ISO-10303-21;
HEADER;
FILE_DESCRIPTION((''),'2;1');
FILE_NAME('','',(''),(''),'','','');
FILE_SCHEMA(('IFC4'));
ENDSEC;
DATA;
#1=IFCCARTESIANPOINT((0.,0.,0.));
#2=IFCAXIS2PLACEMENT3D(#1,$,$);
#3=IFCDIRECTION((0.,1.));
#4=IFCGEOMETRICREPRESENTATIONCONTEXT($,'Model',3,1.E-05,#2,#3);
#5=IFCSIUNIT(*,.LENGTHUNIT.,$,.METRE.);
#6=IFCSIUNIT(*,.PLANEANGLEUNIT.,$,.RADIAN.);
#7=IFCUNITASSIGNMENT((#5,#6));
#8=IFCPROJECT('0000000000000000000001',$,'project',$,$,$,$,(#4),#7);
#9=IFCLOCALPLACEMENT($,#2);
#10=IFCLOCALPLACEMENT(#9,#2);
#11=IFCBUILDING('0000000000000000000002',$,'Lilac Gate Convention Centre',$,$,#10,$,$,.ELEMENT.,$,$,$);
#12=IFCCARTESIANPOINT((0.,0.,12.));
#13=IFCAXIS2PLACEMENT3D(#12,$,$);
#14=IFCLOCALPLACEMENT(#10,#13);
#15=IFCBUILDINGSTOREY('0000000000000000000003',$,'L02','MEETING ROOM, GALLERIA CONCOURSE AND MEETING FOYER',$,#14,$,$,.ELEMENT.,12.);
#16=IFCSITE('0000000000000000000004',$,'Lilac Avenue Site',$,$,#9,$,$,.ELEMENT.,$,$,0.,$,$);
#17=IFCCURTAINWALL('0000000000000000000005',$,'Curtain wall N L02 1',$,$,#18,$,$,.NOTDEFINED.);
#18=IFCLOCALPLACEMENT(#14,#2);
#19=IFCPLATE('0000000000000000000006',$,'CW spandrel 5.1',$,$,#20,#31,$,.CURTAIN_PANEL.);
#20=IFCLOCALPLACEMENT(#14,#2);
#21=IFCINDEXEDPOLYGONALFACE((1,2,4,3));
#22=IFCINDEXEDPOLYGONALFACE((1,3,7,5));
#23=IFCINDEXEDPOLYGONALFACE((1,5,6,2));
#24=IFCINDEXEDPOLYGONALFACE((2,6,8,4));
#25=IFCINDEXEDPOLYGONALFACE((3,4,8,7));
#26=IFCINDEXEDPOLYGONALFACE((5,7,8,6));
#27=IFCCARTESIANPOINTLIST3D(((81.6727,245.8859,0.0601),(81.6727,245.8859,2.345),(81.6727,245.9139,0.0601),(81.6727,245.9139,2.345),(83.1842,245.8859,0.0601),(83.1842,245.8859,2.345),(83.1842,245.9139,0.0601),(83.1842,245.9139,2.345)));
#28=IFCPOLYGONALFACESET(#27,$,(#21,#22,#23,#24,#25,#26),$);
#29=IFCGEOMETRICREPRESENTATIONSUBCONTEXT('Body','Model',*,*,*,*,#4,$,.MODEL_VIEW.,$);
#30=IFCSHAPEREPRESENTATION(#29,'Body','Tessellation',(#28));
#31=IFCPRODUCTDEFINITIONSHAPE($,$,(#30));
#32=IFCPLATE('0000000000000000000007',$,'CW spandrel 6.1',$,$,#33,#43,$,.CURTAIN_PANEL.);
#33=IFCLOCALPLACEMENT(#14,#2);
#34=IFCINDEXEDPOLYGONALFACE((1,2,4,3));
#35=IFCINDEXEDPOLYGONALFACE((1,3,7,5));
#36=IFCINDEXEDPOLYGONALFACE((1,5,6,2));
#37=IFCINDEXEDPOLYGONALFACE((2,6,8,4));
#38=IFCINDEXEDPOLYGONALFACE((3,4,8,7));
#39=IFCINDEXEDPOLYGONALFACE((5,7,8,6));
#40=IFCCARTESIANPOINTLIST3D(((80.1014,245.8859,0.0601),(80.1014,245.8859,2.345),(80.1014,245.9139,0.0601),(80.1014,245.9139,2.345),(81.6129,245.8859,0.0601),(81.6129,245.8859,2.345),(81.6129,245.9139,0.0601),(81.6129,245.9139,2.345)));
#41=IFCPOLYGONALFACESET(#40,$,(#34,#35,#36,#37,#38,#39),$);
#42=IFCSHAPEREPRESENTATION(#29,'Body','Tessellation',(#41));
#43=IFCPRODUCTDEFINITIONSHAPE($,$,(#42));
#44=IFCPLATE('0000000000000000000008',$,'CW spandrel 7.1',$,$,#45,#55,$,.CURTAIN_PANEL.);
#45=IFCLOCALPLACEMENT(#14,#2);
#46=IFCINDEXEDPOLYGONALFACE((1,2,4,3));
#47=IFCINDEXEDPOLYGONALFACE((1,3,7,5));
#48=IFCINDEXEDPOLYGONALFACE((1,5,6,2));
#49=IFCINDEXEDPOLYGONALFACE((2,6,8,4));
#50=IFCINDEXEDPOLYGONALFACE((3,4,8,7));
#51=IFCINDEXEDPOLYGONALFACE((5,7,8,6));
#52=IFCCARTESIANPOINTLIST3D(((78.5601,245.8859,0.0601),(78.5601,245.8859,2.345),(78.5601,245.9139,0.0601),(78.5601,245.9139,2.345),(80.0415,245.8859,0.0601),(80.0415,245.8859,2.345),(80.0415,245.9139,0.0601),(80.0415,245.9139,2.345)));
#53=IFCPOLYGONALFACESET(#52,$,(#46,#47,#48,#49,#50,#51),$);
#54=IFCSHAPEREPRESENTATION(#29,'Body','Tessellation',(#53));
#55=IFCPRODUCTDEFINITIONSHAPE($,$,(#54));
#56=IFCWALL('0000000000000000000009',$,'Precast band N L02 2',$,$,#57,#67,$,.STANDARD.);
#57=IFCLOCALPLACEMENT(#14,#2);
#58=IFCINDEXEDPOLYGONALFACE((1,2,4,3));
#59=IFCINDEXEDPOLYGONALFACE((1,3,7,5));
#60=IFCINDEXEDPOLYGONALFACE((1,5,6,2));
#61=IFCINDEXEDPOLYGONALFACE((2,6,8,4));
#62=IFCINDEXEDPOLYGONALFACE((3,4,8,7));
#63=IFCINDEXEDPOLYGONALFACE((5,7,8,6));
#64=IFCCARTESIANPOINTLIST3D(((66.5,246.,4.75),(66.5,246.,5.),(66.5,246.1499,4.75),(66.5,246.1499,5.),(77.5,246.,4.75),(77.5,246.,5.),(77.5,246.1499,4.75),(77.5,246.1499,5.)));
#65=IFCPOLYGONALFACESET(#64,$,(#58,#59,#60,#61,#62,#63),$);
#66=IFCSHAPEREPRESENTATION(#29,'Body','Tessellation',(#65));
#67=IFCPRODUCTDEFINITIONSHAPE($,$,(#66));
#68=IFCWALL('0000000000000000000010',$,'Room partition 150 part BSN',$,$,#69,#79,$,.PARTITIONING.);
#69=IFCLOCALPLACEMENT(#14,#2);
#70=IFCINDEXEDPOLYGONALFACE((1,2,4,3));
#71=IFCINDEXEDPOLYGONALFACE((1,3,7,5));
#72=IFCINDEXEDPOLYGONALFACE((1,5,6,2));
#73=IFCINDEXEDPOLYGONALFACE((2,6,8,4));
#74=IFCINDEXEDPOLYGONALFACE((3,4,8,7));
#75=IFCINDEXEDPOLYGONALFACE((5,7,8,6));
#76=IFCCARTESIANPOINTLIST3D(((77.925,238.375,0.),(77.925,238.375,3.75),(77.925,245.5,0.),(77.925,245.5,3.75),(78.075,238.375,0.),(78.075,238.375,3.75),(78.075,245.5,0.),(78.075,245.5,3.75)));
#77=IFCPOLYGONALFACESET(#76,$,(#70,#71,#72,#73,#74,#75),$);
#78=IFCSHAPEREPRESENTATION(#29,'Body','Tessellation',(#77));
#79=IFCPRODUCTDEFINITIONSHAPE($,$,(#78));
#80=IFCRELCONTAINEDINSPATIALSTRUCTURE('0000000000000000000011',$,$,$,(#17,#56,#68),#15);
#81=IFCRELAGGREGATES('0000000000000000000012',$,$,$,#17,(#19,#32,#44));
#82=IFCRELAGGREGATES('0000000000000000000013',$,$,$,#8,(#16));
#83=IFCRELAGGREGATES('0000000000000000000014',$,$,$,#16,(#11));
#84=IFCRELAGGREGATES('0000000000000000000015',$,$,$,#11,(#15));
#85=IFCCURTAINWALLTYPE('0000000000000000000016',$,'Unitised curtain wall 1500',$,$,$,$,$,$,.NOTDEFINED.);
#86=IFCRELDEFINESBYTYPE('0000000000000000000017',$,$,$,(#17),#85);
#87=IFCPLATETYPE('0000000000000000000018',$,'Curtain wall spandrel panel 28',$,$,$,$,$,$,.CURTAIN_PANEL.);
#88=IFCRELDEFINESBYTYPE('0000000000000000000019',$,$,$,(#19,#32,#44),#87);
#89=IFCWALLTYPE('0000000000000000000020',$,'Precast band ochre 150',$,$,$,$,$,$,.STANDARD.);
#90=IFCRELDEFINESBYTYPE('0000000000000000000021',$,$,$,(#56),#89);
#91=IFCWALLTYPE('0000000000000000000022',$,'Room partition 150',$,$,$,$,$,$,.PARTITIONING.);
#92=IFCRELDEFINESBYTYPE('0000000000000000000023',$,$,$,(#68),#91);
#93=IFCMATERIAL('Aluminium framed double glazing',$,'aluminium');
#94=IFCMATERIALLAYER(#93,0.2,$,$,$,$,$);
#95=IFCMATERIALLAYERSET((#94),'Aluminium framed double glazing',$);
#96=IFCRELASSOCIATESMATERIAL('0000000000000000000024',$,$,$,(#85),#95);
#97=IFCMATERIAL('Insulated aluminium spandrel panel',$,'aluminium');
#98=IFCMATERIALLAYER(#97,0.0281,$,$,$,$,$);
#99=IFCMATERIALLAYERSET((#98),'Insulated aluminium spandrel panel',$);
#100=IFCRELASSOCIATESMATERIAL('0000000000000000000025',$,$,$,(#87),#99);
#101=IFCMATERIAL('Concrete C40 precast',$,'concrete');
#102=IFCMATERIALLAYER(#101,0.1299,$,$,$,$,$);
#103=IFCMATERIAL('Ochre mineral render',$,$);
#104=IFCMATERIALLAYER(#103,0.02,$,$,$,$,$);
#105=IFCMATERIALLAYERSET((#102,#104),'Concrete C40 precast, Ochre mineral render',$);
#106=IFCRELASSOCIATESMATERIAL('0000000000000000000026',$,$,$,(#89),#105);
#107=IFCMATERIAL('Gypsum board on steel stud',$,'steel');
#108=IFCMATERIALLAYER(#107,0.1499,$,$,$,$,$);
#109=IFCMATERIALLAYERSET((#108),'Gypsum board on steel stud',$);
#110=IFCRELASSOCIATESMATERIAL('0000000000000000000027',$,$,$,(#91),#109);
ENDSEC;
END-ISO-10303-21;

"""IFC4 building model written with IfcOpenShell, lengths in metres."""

from ifc_helpers import new_model, si_unit, direction, frame, frame_2d, origin, origin_2d, place, context, subcontext, project, spatial, rectangle, extrude, material, layer, layer_set, type_object, element, aggregate, save


model = new_model("IFC4")

# Units and contexts
model_context = context("Model", 3, precision=1e-05, world=origin(), true_north=direction((0.0, 1.0)))
body_context = subcontext(model_context, "Body", "Model", "MODEL_VIEW")
ifc_project = project(units=[si_unit("LENGTHUNIT", "METRE"), si_unit("PLANEANGLEUNIT", "RADIAN")], contexts=[model_context])

# Site, building, storey
site_placement = place(None, origin())
site = spatial("IfcSite", under=ifc_project, at=site_placement, Name="Lilac Avenue Site", CompositionType="ELEMENT", RefElevation=0.0)
building_placement = place(site_placement, origin())
building = spatial("IfcBuilding", under=site, at=building_placement, Name="Lilac Gate Convention Centre", CompositionType="ELEMENT")
storey_placement = place(building_placement, frame((0.0, 0.0, 12.0)))
storey = spatial("IfcBuildingStorey", under=building, at=storey_placement, Name="L02", Description="MEETING ROOM, GALLERIA CONCOURSE AND MEETING FOYER", CompositionType="ELEMENT", Elevation=12.0)

# Curtain wall
ifc_material_1 = material(Name="Aluminium framed double glazing", Category="aluminium")
ifc_layer_1 = layer(ifc_material_1, 0.2)
ifc_layer_set_1 = layer_set([ifc_layer_1], Name="Aluminium framed double glazing")
curtain_wall_type = type_object("IfcCurtainWallType", Name="Unitised curtain wall 1500", PredefinedType="NOTDEFINED", material=ifc_layer_set_1)
curtain_wall_1_placement = place(storey_placement, origin())
curtain_wall_1 = element("IfcCurtainWall", 1, at=curtain_wall_1_placement, inside=storey, type_object=curtain_wall_type, Name="Curtain wall N L02 1", PredefinedType="NOTDEFINED")

# Plates
ifc_material_2 = material(Name="Insulated aluminium spandrel panel", Category="aluminium")
ifc_layer_2 = layer(ifc_material_2, 0.0281)
ifc_layer_set_2 = layer_set([ifc_layer_2], Name="Insulated aluminium spandrel panel")
plate_type_1 = type_object("IfcPlateType", Name="Curtain wall spandrel panel 28", PredefinedType="CURTAIN_PANEL", material=ifc_layer_set_2)
plate_1_placement = place(storey_placement, frame((82.4285, 245.8999, 0.0601), z_axis=(0.0, 0.0, 1.0), x_axis=(-1.0, 0.0, 0.0)))
plate_1 = element("IfcPlate", 2, at=plate_1_placement, type_object=plate_type_1, Name="CW spandrel 5.1", PredefinedType="CURTAIN_PANEL", context=body_context, shape_type="SweptSolid", body=[
    extrude(rectangle(XDim=1.5115, YDim=0.0281, at=origin_2d()), origin(), (0.0, 0.0, 1.0), 2.2849),
])
plate_2_placement = place(storey_placement, frame((80.8572, 245.8999, 0.0601), z_axis=(0.0, 0.0, 1.0), x_axis=(-1.0, 0.0, 0.0)))
plate_2 = element("IfcPlate", 3, at=plate_2_placement, type_object=plate_type_1, Name="CW spandrel 6.1", PredefinedType="CURTAIN_PANEL", context=body_context, shape_type="SweptSolid", body=[
    extrude(rectangle(XDim=1.5115, YDim=0.0281, at=origin_2d()), origin(), (0.0, 0.0, 1.0), 2.2849),
])
plate_3_placement = place(storey_placement, frame((79.3008, 245.8999, 0.0601), z_axis=(0.0, 0.0, 1.0), x_axis=(-1.0, 0.0, 0.0)))
plate_3 = element("IfcPlate", 4, at=plate_3_placement, type_object=plate_type_1, Name="CW spandrel 7.1", PredefinedType="CURTAIN_PANEL", context=body_context, shape_type="SweptSolid", body=[
    extrude(rectangle(XDim=1.4814, YDim=0.0281, at=origin_2d()), origin(), (0.0, 0.0, 1.0), 2.2849),
])
aggregate(curtain_wall_1, [plate_1, plate_2, plate_3])

# Walls
ifc_material_3 = material(Name="Concrete C40 precast", Category="concrete")
ifc_layer_3 = layer(ifc_material_3, 0.1299)
ifc_material_4 = material(Name="Ochre mineral render")
ifc_layer_4 = layer(ifc_material_4, 0.02)
ifc_layer_set_3 = layer_set([ifc_layer_3, ifc_layer_4], Name="Concrete C40 precast, Ochre mineral render")
wall_type_1 = type_object("IfcWallType", Name="Precast band ochre 150", PredefinedType="STANDARD", material=ifc_layer_set_3)
wall_1_placement = place(storey_placement, frame((77.5, 246.075, 4.75), z_axis=(0.0, 0.0, 1.0), x_axis=(-1.0, 0.0, 0.0)))
element("IfcWall", 5, at=wall_1_placement, inside=storey, type_object=wall_type_1, Name="Precast band N L02 2", PredefinedType="STANDARD", context=body_context, shape_type="SweptSolid", body=[
    extrude(rectangle(XDim=11.0, YDim=0.1499, at=frame_2d((5.5, 0.0))), origin(), (0.0, 0.0, 1.0), 0.25),
])
ifc_material_5 = material(Name="Gypsum board on steel stud", Category="steel")
ifc_layer_5 = layer(ifc_material_5, 0.1499)
ifc_layer_set_4 = layer_set([ifc_layer_5], Name="Gypsum board on steel stud")
wall_type_2 = type_object("IfcWallType", Name="Room partition 150", PredefinedType="PARTITIONING", material=ifc_layer_set_4)
wall_2_placement = place(storey_placement, frame((78.0, 245.5, 0.0), z_axis=(0.0, 0.0, 1.0), x_axis=(0.0, -1.0, 0.0)))
element("IfcWall", 6, at=wall_2_placement, inside=storey, type_object=wall_type_2, Name="Room partition 150 part BSN", PredefinedType="PARTITIONING", context=body_context, shape_type="SweptSolid", body=[
    extrude(rectangle(XDim=7.125, YDim=0.1499, at=frame_2d((3.5625, 0.0))), origin(), (0.0, 0.0, 1.0), 3.75),
])

save(model, "model.ifc")
